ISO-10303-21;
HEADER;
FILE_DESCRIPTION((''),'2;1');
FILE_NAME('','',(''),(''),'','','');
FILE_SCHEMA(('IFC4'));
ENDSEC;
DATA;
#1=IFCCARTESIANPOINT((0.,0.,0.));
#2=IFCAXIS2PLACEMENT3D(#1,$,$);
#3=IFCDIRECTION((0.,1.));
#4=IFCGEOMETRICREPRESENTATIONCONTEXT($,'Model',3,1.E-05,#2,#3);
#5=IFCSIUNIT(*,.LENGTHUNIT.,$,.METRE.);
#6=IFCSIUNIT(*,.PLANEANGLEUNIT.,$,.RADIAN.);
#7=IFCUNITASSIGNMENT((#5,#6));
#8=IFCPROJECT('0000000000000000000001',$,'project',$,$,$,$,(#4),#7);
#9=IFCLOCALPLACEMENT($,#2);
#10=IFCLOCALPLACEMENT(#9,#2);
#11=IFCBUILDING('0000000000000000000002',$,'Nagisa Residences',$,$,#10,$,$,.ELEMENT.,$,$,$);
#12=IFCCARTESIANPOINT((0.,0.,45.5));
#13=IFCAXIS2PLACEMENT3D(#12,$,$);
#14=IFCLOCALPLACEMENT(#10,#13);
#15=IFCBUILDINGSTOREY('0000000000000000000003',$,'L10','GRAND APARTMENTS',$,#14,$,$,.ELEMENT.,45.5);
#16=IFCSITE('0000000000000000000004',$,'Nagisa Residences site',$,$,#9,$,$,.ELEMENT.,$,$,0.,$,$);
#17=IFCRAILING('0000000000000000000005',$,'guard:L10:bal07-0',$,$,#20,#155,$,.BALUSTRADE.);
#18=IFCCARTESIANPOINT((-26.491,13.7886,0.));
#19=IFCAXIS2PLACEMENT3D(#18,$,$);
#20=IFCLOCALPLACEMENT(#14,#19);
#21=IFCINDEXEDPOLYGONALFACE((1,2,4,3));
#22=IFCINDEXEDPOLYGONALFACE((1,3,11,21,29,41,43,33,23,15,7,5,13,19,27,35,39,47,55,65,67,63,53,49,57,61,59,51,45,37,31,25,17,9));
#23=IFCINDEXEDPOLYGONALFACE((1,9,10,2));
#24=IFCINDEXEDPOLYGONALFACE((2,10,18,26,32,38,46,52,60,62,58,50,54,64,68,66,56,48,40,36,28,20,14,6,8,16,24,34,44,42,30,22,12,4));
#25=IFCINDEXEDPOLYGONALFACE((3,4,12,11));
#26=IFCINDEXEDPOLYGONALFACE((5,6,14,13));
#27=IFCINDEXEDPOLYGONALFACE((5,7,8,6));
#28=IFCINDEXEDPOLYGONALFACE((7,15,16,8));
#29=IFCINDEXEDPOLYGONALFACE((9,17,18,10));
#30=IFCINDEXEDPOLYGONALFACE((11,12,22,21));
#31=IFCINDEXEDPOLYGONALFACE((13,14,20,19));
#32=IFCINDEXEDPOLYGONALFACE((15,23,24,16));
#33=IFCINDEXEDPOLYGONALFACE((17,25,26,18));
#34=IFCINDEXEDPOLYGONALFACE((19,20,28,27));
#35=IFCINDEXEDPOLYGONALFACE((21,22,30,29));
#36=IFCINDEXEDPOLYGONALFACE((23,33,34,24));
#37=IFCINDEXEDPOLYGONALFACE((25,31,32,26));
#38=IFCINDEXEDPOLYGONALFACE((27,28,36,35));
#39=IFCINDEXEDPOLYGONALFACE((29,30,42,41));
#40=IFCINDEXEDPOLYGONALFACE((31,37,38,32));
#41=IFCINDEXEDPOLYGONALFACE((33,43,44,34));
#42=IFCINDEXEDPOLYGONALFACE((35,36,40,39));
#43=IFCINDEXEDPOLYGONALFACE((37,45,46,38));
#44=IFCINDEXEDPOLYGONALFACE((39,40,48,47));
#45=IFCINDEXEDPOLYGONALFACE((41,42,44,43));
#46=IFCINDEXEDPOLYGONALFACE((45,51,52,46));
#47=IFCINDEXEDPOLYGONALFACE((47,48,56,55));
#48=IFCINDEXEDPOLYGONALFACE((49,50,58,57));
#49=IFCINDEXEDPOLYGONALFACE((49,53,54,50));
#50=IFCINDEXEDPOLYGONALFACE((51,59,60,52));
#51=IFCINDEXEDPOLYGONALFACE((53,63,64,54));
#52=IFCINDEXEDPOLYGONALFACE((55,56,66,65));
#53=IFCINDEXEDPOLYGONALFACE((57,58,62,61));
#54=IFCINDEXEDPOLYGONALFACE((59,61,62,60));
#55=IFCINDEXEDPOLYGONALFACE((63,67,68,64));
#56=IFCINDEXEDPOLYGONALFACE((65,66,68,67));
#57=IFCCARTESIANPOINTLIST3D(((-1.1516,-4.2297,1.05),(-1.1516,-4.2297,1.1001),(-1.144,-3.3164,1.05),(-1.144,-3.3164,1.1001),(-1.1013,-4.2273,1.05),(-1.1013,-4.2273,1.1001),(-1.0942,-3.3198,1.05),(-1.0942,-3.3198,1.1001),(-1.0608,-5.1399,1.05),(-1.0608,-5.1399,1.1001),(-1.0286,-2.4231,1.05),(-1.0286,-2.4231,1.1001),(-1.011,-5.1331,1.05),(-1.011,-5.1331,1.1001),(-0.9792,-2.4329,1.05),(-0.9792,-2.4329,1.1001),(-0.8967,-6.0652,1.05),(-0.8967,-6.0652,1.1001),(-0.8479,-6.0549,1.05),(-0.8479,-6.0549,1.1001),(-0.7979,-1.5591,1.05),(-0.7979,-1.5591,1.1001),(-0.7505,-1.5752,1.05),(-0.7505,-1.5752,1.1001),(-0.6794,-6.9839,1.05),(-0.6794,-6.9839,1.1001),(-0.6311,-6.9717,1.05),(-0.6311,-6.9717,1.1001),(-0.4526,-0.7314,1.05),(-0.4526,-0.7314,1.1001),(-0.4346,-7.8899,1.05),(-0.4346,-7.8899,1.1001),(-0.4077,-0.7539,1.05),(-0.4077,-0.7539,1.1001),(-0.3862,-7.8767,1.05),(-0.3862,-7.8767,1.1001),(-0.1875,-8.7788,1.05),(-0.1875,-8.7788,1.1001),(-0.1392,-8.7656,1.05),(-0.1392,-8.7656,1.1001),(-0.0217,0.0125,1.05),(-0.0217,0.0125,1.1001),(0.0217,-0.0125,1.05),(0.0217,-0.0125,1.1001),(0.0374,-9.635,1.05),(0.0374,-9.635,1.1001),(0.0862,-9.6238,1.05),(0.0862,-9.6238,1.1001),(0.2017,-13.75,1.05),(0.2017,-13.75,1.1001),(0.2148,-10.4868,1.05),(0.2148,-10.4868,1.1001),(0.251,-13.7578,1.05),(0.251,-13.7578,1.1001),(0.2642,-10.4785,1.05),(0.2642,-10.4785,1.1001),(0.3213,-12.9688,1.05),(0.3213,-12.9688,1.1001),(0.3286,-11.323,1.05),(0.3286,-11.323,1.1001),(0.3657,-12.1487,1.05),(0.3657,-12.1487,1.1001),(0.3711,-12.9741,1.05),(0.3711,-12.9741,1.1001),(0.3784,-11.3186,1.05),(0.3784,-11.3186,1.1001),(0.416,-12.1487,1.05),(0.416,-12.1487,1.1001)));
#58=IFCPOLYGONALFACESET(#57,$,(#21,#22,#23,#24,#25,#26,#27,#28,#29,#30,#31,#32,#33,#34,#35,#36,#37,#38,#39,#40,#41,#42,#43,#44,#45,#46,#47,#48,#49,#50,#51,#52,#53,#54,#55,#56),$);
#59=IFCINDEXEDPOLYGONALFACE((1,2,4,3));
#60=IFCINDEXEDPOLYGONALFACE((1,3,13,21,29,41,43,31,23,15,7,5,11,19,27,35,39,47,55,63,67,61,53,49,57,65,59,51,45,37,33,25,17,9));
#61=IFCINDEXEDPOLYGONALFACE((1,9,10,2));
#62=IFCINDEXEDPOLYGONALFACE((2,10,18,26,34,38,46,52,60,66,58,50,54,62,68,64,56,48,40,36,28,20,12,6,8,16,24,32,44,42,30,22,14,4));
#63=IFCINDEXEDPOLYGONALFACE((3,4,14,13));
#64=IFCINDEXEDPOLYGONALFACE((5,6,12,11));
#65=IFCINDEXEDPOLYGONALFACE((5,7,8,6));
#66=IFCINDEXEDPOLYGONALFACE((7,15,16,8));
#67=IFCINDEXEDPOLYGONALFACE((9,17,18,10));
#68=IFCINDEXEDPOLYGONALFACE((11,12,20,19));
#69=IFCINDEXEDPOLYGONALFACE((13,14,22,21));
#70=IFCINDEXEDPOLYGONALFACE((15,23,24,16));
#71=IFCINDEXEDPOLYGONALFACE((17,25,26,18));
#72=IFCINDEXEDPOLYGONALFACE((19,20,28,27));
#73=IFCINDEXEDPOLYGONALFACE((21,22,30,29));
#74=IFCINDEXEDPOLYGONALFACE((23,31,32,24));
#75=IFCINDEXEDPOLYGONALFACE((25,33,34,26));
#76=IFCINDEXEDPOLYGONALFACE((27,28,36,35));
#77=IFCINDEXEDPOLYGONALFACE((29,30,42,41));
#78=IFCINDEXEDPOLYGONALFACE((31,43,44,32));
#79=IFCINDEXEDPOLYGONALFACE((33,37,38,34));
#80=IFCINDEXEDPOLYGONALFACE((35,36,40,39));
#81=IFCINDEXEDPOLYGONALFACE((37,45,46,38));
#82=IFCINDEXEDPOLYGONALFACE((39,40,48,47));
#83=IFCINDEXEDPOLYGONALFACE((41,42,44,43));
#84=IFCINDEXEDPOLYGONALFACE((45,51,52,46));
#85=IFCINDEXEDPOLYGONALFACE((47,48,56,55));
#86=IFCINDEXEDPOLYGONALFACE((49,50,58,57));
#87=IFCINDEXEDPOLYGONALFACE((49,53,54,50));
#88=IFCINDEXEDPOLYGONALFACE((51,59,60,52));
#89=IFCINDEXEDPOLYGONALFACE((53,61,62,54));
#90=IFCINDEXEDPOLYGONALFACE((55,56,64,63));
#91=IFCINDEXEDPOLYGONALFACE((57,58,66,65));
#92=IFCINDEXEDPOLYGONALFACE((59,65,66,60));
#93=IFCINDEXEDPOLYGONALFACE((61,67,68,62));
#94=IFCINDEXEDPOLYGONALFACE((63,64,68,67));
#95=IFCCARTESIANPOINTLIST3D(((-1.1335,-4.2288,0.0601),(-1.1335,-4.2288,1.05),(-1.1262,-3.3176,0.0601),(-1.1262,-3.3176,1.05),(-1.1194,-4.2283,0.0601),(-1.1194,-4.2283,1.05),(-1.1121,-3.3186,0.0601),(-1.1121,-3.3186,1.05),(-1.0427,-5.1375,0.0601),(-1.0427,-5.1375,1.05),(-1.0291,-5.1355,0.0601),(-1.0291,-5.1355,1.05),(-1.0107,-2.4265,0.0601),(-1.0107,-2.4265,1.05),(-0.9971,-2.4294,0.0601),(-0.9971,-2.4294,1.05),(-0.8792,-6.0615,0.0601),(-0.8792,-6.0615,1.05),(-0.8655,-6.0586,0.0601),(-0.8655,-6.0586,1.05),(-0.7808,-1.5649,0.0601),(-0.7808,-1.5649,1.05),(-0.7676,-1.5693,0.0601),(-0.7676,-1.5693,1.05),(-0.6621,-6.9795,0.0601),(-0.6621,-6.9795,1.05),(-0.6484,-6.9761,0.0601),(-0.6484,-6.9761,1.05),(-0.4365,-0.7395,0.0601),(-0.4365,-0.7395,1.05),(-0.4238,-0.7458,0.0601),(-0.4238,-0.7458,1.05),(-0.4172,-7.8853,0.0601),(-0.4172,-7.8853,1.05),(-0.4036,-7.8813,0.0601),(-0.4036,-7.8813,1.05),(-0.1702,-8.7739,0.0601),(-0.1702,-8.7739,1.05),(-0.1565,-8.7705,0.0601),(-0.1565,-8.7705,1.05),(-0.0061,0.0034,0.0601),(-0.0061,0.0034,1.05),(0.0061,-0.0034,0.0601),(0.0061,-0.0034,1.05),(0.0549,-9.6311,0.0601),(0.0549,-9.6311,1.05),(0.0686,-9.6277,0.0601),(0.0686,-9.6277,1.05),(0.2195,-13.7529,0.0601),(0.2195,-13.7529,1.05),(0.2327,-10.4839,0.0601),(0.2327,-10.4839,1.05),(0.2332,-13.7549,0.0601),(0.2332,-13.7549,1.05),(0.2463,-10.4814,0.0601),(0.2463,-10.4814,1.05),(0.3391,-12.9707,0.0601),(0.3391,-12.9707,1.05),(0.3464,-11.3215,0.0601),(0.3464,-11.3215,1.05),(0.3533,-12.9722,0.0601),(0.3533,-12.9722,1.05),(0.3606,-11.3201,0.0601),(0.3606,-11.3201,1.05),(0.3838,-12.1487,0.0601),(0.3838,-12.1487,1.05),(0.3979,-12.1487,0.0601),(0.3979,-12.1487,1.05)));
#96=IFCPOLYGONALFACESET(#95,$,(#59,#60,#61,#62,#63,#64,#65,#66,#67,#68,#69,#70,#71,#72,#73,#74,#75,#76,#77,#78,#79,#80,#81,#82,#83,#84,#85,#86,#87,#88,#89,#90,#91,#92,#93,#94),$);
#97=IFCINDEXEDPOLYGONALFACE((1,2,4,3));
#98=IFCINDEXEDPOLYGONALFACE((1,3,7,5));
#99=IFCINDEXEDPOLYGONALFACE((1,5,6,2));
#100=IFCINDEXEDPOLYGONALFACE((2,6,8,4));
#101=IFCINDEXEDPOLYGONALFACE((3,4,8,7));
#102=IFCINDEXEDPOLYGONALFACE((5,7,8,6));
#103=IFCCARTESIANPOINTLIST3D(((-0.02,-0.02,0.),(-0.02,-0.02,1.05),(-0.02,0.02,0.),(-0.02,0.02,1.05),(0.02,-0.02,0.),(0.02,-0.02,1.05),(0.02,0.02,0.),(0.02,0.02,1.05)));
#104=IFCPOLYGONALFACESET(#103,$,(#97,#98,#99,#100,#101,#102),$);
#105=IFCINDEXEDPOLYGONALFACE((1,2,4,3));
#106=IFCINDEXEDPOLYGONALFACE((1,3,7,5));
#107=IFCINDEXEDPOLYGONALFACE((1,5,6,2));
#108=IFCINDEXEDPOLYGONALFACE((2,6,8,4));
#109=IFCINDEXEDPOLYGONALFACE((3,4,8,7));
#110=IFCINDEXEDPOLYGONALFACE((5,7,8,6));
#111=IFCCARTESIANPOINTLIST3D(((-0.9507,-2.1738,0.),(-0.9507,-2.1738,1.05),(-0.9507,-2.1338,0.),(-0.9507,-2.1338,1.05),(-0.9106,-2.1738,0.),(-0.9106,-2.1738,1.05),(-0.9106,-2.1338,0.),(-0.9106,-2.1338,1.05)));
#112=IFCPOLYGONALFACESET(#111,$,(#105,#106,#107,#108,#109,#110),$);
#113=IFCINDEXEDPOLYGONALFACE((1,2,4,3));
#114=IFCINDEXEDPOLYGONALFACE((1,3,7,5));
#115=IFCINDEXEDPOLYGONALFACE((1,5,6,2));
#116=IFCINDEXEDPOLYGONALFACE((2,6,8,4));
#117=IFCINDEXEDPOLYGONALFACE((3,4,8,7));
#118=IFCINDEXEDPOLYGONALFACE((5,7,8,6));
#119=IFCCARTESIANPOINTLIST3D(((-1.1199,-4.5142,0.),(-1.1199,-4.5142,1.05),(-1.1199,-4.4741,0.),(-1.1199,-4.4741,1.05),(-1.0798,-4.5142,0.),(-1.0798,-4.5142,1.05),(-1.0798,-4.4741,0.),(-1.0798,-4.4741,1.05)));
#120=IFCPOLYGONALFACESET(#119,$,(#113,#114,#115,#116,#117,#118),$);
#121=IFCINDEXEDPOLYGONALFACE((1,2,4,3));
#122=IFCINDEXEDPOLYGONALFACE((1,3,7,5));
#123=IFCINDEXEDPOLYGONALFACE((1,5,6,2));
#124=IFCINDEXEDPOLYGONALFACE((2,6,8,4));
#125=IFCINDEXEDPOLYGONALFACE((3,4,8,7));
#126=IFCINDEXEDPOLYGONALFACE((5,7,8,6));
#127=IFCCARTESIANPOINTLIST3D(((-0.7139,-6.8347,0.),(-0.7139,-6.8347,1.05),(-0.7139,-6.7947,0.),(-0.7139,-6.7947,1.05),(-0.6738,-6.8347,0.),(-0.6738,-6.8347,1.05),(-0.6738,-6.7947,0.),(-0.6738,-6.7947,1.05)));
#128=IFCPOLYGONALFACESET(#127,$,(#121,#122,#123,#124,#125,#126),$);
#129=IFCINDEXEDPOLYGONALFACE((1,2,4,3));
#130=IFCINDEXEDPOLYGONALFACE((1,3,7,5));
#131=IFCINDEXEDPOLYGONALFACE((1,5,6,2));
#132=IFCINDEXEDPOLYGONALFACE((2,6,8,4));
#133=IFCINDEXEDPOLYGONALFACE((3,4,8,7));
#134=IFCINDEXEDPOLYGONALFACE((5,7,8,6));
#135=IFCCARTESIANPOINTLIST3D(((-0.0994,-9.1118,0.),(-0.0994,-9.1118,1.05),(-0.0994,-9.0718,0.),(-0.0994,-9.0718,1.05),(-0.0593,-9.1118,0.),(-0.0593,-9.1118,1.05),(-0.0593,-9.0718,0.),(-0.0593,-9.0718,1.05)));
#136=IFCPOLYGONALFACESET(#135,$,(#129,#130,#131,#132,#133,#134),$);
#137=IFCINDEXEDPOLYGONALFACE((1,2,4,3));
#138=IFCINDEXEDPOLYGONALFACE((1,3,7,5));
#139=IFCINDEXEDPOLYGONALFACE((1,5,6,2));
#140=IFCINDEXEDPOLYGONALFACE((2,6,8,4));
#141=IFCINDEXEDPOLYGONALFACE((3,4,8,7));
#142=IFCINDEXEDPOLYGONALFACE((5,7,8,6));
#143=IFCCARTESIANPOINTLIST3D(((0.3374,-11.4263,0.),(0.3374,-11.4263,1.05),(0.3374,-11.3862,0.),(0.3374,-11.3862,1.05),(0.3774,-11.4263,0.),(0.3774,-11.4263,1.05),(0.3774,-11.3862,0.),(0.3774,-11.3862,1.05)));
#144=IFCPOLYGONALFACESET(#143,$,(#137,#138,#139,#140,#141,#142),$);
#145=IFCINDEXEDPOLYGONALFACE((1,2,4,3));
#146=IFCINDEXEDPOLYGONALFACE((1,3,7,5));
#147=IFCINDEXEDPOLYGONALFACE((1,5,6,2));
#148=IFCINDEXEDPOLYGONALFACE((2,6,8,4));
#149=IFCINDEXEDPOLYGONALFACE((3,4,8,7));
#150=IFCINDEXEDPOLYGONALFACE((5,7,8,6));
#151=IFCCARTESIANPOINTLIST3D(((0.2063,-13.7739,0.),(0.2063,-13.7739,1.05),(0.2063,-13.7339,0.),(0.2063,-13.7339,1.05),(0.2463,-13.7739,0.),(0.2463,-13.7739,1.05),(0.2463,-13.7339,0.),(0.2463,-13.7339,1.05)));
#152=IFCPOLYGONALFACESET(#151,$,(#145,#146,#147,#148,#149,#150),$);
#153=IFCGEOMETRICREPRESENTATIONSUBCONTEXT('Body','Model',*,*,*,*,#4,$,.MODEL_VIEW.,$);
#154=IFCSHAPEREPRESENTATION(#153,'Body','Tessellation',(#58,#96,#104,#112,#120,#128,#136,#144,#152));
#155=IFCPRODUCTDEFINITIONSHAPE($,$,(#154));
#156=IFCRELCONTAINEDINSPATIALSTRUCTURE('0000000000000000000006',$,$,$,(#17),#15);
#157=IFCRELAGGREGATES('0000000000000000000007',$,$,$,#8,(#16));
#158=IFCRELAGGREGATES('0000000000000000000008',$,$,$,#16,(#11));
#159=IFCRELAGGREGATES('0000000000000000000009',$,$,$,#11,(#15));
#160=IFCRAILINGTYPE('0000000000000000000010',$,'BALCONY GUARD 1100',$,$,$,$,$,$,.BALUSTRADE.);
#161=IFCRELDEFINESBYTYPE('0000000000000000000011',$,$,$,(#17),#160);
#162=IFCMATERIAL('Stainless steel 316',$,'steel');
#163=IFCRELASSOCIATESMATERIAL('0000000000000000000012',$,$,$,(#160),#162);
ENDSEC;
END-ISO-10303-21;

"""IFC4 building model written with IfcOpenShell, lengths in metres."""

from ifc_helpers import new_model, si_unit, direction, frame, origin, origin_2d, place, context, subcontext, project, spatial, polyline, rectangle, outline, extrude, material, type_object, element, save


model = new_model("IFC4")

# Units and contexts
model_context = context("Model", 3, precision=1e-05, world=origin(), true_north=direction((0.0, 1.0)))
body_context = subcontext(model_context, "Body", "Model", "MODEL_VIEW")
ifc_project = project(units=[si_unit("LENGTHUNIT", "METRE"), si_unit("PLANEANGLEUNIT", "RADIAN")], contexts=[model_context])

# Site, building, storey
site_placement = place(None, origin())
site = spatial("IfcSite", under=ifc_project, at=site_placement, Name="Nagisa Residences site", CompositionType="ELEMENT", RefElevation=0.0)
building_placement = place(site_placement, origin())
building = spatial("IfcBuilding", under=site, at=building_placement, Name="Nagisa Residences", CompositionType="ELEMENT")
storey_placement = place(building_placement, frame((0.0, 0.0, 45.5)))
storey = spatial("IfcBuildingStorey", under=building, at=storey_placement, Name="L10", Description="GRAND APARTMENTS", CompositionType="ELEMENT", Elevation=45.5)

# Railing
ifc_material_1 = material(Name="Stainless steel 316", Category="steel")
railing_type = type_object("IfcRailingType", Name="BALCONY GUARD 1100", PredefinedType="BALUSTRADE", material=ifc_material_1)
railing_1_placement = place(storey_placement, frame((-26.491, 13.7886, 0.0)))
element("IfcRailing", 1, at=railing_1_placement, inside=storey, type_object=railing_type, Name="guard:L10:bal07-0", PredefinedType="BALUSTRADE", context=body_context, shape_type="SweptSolid", body=[
    extrude(outline(polyline([(-0.4077, -0.7539), (0.0217, -0.0125), (-0.0217, 0.0125), (-0.4526, -0.7314), (-0.7979, -1.5591), (-1.0286, -2.4231), (-1.144, -3.3164), (-1.1516, -4.2297), (-1.0608, -5.1399), (-0.8967, -6.0652), (-0.6794, -6.9839), (-0.4346, -7.8899), (-0.1875, -8.7788), (0.0374, -9.635), (0.2148, -10.4868), (0.3286, -11.323), (0.3657, -12.1487), (0.3213, -12.9688), (0.2017, -13.75), (0.251, -13.7578), (0.3711, -12.9741), (0.416, -12.1487), (0.3784, -11.3186), (0.2642, -10.4785), (0.0862, -9.6238), (-0.1392, -8.7656), (-0.3862, -7.8767), (-0.6311, -6.9717), (-0.8479, -6.0549), (-1.011, -5.1331), (-1.1013, -4.2273), (-1.0942, -3.3198), (-0.9792, -2.4329), (-0.7505, -1.5752), (-0.4077, -0.7539)])), frame((0.0, 0.0, 1.05)), (0.0, 0.0, 1.0), 0.05),
    extrude(outline(polyline([(-0.4238, -0.7458), (0.0061, -0.0034), (-0.0061, 0.0034), (-0.4365, -0.7395), (-0.7808, -1.5649), (-1.0107, -2.4265), (-1.1262, -3.3176), (-1.1335, -4.2288), (-1.0427, -5.1375), (-0.8792, -6.0615), (-0.6621, -6.9795), (-0.4172, -7.8853), (-0.1702, -8.7739), (0.0549, -9.6311), (0.2327, -10.4839), (0.3464, -11.3215), (0.3838, -12.1487), (0.3391, -12.9707), (0.2195, -13.7529), (0.2332, -13.7549), (0.3533, -12.9722), (0.3979, -12.1487), (0.3606, -11.3201), (0.2463, -10.4814), (0.0686, -9.6277), (-0.1565, -8.7705), (-0.4036, -7.8813), (-0.6484, -6.9761), (-0.8655, -6.0586), (-1.0291, -5.1355), (-1.1194, -4.2283), (-1.1121, -3.3186), (-0.9971, -2.4294), (-0.7676, -1.5693), (-0.4238, -0.7458)])), frame((0.0, 0.0, 0.0601)), (0.0, 0.0, 1.0), 0.99),
    extrude(rectangle(XDim=0.04, YDim=0.04, at=origin_2d()), origin(), (0.0, 0.0, 1.0), 1.05),
    extrude(rectangle(XDim=0.04, YDim=0.04, at=origin_2d()), frame((-0.9307, -2.1538, 0.0)), (0.0, 0.0, 1.0), 1.05),
    extrude(rectangle(XDim=0.04, YDim=0.04, at=origin_2d()), frame((-1.0999, -4.4941, 0.0)), (0.0, 0.0, 1.0), 1.05),
    extrude(rectangle(XDim=0.04, YDim=0.04, at=origin_2d()), frame((-0.6938, -6.8147, 0.0)), (0.0, 0.0, 1.0), 1.05),
    extrude(rectangle(XDim=0.04, YDim=0.04, at=origin_2d()), frame((-0.0793, -9.0918, 0.0)), (0.0, 0.0, 1.0), 1.05),
    extrude(rectangle(XDim=0.04, YDim=0.04, at=origin_2d()), frame((0.3574, -11.4062, 0.0)), (0.0, 0.0, 1.0), 1.05),
    extrude(rectangle(XDim=0.04, YDim=0.04, at=origin_2d()), frame((0.2263, -13.7539, 0.0)), (0.0, 0.0, 1.0), 1.05),
])

save(model, "model.ifc")
